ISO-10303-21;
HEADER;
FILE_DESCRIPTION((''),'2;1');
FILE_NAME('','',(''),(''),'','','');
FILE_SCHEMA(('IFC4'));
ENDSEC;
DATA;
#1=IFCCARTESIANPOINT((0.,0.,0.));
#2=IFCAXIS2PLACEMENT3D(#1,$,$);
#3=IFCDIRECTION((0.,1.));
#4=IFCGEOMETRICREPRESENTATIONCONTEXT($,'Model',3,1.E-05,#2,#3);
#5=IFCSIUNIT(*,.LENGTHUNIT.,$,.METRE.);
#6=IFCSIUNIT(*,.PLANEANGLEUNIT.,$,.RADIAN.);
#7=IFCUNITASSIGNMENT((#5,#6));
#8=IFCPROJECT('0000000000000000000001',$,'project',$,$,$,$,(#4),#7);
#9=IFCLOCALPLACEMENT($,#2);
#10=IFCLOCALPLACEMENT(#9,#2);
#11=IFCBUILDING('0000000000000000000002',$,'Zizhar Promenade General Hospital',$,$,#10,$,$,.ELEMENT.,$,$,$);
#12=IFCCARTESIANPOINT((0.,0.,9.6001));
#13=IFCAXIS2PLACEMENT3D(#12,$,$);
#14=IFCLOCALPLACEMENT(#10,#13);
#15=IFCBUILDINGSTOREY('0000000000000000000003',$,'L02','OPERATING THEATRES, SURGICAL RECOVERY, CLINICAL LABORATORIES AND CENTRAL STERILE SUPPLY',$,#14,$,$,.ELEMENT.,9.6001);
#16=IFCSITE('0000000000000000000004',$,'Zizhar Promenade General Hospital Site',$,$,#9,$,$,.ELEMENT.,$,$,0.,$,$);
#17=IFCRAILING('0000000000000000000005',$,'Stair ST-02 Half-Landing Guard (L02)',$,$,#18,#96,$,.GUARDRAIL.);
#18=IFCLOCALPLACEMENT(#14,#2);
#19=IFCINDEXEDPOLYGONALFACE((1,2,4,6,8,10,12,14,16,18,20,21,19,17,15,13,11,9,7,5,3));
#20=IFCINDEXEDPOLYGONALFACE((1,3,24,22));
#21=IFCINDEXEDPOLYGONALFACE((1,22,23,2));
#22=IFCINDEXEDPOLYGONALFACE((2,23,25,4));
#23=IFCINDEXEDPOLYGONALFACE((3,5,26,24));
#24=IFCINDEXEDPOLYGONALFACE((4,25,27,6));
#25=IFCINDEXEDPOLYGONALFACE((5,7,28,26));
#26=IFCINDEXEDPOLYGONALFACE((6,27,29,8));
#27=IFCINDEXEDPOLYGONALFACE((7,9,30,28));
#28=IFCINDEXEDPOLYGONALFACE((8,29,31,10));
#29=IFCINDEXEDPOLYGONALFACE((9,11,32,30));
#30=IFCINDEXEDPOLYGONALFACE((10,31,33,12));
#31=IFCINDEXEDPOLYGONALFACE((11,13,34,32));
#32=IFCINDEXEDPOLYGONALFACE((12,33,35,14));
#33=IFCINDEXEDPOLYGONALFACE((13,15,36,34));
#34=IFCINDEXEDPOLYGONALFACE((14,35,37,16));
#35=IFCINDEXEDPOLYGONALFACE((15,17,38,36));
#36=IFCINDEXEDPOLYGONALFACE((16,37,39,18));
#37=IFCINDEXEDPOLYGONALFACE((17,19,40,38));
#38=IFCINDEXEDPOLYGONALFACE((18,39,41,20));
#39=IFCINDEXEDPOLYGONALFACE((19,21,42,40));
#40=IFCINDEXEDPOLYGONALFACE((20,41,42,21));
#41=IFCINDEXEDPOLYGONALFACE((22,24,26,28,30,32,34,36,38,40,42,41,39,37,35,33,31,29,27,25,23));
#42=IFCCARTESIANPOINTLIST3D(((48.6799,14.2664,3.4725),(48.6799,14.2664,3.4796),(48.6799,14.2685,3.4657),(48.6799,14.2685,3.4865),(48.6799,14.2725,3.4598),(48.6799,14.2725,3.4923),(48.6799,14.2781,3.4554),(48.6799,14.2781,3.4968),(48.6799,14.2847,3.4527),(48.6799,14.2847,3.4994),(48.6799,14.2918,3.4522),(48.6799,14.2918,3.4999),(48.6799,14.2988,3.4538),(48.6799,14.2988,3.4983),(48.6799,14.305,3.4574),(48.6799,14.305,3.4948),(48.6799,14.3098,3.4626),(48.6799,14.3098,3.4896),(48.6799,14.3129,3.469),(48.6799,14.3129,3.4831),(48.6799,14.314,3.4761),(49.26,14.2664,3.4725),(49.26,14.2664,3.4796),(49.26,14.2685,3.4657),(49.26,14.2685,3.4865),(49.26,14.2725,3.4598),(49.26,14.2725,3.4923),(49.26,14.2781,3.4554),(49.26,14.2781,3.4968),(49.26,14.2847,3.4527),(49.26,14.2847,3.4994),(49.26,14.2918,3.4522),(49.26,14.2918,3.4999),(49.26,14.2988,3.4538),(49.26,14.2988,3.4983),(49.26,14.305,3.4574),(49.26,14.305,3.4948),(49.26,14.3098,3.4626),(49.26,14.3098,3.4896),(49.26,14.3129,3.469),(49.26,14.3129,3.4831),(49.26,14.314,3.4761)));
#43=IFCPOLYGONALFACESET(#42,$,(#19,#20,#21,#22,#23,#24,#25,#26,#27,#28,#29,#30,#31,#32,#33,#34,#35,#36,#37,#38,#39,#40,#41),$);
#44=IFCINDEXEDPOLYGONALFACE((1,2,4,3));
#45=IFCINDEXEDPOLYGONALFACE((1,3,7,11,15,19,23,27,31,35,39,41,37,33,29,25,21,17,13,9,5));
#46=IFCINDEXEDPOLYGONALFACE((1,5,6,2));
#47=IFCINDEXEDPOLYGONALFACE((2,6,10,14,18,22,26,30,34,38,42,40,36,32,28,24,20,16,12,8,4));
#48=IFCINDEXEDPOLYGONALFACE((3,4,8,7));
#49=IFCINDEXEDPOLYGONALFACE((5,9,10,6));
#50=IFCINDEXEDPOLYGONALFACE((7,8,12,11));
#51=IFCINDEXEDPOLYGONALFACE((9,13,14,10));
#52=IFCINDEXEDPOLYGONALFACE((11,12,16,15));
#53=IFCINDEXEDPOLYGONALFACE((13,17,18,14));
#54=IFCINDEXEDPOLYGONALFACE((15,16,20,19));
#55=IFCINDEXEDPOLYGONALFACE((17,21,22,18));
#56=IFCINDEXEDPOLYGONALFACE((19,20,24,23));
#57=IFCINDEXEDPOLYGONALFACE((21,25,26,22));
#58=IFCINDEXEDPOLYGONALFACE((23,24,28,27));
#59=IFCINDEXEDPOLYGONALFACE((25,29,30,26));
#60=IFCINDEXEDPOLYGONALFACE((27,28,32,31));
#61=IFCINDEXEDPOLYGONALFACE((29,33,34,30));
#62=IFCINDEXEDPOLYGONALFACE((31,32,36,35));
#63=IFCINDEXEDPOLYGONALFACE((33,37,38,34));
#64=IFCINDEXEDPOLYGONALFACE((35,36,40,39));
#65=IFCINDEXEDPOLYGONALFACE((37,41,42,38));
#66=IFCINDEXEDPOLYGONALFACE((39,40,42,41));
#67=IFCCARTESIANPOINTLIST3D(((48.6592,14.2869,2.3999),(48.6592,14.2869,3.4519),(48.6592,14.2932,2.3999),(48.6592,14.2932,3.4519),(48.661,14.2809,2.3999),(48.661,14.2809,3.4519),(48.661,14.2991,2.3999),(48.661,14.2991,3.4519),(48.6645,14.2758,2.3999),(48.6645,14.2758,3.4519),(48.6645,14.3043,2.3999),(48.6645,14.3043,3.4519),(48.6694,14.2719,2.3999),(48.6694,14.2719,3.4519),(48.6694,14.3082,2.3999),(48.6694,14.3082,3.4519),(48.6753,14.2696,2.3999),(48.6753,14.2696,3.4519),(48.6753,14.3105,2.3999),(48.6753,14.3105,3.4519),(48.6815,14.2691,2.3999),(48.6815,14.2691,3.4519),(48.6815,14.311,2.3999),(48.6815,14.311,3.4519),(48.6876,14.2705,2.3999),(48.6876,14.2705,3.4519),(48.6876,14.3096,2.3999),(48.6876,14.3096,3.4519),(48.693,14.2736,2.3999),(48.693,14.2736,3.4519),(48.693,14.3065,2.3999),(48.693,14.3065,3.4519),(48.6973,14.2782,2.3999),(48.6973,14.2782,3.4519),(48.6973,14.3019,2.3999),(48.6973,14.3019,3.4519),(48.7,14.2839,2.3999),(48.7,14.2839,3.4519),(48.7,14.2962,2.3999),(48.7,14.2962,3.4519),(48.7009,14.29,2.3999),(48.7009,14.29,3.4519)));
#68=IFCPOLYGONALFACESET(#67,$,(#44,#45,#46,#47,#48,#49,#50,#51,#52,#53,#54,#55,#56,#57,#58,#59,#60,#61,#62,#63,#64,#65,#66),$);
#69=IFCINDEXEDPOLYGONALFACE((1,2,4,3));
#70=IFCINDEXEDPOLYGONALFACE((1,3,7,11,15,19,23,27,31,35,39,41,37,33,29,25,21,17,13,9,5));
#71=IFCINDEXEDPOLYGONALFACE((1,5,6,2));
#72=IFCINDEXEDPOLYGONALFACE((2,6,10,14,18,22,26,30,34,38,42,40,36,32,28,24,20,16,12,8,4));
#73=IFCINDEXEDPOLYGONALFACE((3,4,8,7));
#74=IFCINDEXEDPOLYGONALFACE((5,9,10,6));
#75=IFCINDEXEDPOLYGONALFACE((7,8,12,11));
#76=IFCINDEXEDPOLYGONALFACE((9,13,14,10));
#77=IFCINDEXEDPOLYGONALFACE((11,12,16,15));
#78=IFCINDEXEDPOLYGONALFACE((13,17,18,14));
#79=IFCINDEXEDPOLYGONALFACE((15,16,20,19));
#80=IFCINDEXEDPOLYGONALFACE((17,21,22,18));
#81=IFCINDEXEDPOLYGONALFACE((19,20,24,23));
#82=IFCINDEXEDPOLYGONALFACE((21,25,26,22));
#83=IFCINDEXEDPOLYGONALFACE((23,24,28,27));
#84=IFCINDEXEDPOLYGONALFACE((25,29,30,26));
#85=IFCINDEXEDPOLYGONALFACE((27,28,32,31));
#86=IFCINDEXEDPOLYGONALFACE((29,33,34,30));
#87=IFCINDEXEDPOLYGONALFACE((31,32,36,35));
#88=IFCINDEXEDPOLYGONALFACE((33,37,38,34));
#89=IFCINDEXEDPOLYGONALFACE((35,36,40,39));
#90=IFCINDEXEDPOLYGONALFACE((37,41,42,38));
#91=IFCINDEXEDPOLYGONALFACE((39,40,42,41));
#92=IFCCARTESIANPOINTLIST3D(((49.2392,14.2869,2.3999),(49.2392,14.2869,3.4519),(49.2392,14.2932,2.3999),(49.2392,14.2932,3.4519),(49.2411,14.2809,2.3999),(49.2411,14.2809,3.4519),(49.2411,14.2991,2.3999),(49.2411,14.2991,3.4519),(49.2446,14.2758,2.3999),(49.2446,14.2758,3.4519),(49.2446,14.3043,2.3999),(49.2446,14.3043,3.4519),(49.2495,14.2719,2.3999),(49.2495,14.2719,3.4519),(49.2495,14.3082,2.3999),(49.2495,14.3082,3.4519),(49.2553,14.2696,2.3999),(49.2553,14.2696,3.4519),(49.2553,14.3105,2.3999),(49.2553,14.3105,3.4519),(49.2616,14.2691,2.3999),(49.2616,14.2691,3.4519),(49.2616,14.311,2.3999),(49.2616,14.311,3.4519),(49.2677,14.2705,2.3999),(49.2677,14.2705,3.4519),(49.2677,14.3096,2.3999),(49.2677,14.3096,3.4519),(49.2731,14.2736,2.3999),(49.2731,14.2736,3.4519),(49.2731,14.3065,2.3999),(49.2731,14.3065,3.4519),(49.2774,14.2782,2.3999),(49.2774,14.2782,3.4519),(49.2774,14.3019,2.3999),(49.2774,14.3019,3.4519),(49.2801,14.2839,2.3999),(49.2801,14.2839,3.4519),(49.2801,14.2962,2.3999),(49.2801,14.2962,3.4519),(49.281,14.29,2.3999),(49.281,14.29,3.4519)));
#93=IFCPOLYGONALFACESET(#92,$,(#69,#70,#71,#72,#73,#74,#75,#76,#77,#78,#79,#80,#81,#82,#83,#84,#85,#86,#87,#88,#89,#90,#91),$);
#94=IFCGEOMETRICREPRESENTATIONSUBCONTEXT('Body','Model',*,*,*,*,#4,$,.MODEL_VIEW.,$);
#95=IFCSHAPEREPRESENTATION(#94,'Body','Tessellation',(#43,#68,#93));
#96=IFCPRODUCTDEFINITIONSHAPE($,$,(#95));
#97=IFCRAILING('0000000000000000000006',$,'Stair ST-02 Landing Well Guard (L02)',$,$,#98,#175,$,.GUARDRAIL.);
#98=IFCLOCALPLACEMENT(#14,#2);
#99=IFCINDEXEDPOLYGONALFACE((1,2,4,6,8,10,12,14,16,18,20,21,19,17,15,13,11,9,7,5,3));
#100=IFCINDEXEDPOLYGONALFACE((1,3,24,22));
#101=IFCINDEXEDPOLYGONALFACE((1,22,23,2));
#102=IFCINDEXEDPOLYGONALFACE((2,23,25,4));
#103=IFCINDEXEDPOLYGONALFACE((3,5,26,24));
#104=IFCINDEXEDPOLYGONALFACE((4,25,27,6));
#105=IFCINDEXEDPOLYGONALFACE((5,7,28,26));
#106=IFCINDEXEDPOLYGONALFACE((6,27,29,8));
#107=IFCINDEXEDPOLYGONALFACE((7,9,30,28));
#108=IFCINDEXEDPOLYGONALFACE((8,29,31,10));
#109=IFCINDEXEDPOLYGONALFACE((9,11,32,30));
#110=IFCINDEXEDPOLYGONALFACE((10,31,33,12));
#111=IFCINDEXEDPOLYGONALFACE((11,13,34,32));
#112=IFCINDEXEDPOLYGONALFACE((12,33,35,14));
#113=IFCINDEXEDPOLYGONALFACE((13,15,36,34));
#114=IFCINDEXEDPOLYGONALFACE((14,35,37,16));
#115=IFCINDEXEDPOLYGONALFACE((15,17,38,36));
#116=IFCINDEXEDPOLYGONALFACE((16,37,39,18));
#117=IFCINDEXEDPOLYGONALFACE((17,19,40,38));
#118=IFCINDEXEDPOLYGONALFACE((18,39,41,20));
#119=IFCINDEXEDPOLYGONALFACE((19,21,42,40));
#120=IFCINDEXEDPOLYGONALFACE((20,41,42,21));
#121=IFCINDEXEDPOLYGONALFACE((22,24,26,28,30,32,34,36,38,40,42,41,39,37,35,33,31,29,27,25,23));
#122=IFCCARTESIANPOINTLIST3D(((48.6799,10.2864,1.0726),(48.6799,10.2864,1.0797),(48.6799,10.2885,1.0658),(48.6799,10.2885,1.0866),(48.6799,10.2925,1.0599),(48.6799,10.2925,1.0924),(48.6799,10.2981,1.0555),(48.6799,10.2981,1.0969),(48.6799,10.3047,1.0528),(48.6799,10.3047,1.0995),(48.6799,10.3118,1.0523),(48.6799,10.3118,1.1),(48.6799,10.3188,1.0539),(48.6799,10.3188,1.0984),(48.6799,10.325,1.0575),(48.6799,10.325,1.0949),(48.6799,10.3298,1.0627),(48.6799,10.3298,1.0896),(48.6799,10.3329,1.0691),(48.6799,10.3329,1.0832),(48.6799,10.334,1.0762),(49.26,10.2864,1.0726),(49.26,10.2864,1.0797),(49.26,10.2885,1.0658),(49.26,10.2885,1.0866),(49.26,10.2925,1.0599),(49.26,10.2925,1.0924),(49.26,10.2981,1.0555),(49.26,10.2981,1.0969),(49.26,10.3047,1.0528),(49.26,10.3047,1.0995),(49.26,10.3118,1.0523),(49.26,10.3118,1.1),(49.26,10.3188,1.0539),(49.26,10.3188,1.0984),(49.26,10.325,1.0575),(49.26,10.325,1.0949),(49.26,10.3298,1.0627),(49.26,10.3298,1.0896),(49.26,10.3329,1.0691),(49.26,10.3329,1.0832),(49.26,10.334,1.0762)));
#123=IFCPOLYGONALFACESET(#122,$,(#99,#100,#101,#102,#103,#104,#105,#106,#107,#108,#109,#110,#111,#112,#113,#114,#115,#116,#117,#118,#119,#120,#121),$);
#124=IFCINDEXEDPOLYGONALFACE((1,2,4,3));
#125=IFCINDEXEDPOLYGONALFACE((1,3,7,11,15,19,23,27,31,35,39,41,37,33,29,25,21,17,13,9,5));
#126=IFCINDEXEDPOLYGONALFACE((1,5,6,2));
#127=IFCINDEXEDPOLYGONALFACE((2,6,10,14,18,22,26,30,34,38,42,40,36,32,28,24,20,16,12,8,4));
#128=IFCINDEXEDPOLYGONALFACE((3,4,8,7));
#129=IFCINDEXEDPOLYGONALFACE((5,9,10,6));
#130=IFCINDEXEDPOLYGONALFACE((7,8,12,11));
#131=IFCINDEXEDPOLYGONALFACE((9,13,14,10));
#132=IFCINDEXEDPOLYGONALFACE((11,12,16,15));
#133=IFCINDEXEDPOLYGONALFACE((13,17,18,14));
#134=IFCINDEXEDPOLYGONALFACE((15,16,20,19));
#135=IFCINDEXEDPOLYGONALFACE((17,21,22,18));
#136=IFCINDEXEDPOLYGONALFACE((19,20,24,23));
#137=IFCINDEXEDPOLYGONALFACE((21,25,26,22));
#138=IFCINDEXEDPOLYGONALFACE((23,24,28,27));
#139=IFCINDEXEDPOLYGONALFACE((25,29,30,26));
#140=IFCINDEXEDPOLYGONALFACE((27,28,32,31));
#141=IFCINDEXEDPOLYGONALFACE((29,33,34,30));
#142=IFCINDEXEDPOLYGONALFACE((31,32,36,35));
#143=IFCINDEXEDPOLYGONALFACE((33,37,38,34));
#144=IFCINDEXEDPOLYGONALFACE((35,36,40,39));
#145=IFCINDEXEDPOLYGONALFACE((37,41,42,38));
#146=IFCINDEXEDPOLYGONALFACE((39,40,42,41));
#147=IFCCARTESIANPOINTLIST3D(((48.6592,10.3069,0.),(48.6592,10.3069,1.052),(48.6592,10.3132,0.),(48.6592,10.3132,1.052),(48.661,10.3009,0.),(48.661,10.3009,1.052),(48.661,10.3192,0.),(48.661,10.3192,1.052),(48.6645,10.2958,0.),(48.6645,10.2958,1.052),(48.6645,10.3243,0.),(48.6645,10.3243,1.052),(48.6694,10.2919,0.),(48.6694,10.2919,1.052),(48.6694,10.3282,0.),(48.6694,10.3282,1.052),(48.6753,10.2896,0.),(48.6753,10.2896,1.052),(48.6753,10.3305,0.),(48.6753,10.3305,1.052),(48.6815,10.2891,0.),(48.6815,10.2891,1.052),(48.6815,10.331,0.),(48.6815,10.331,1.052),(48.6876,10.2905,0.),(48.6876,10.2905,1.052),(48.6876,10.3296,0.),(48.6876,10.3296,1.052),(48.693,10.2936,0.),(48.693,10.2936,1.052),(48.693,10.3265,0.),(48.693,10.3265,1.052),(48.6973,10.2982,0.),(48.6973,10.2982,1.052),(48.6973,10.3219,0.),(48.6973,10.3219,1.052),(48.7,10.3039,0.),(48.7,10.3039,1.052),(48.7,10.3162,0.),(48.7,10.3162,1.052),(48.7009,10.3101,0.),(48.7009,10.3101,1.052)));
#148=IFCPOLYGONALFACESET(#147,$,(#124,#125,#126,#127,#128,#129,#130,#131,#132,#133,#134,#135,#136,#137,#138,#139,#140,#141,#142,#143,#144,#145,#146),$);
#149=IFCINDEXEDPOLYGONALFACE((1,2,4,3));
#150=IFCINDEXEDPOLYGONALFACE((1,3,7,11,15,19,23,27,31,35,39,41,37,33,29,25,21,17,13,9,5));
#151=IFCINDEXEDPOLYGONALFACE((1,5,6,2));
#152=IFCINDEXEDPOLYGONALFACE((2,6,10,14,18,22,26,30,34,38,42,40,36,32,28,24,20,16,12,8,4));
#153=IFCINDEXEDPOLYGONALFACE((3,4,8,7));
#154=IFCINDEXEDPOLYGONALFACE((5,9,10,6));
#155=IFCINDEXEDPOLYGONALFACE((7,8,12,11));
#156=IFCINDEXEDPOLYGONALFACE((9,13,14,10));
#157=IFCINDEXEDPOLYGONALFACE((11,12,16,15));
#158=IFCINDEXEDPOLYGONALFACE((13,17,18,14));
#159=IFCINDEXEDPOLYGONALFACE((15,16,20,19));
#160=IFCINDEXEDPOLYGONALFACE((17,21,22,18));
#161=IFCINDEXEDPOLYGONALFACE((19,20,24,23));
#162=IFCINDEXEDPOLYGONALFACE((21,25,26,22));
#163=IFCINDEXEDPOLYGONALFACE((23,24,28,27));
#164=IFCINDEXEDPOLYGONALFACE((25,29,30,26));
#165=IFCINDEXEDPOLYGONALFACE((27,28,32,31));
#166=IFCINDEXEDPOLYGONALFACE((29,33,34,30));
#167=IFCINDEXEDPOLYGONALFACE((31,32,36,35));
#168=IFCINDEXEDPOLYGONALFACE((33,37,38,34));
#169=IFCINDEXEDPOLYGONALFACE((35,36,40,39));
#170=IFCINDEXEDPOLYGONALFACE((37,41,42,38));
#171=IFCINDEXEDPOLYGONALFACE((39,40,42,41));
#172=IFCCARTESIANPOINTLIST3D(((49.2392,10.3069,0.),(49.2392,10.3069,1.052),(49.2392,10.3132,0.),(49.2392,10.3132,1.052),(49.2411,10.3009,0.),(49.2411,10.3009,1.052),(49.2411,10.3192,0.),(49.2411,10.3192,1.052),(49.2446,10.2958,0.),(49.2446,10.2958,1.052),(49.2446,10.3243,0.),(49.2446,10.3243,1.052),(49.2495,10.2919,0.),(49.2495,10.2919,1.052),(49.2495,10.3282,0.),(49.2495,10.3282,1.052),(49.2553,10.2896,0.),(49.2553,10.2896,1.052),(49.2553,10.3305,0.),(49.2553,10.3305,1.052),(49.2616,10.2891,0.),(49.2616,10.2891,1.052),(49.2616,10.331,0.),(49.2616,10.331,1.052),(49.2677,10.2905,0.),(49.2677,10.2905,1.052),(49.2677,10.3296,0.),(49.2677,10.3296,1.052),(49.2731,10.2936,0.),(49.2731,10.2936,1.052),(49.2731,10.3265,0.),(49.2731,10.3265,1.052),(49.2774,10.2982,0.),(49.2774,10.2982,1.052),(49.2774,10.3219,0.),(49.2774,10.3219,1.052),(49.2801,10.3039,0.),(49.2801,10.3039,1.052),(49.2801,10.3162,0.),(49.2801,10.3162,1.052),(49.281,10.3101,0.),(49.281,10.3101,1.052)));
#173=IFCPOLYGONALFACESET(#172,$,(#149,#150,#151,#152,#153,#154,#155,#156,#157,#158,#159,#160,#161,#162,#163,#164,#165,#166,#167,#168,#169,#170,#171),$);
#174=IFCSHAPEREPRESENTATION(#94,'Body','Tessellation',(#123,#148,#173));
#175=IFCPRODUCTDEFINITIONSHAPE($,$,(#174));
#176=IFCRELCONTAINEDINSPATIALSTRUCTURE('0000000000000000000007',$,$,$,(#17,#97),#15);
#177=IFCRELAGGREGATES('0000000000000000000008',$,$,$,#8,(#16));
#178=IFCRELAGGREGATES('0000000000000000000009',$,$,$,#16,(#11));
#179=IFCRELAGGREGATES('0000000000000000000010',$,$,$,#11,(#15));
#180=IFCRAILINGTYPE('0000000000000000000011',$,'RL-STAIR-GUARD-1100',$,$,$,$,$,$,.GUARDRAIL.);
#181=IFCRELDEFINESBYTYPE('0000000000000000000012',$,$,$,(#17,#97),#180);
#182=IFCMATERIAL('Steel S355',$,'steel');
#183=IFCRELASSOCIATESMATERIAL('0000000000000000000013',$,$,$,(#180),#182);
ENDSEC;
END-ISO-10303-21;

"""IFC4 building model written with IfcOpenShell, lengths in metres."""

from ifc_helpers import new_model, si_unit, direction, frame, origin, origin_2d, place, context, subcontext, project, spatial, circle, hollow_circle, extrude, material, material_profile, profile_set, type_object, element, save


model = new_model("IFC4")

# Units and contexts
model_context = context("Model", 3, precision=1e-05, world=origin(), true_north=direction((0.0, 1.0)))
body_context = subcontext(model_context, "Body", "Model", "MODEL_VIEW")
ifc_project = project(units=[si_unit("LENGTHUNIT", "METRE"), si_unit("PLANEANGLEUNIT", "RADIAN")], contexts=[model_context])

# Site, building, storey
site_placement = place(None, origin())
site = spatial("IfcSite", under=ifc_project, at=site_placement, Name="Zizhar Promenade General Hospital Site", CompositionType="ELEMENT", RefElevation=0.0)
building_placement = place(site_placement, origin())
building = spatial("IfcBuilding", under=site, at=building_placement, Name="Zizhar Promenade General Hospital", CompositionType="ELEMENT")
storey_placement = place(building_placement, frame((0.0, 0.0, 9.6001)))
storey = spatial("IfcBuildingStorey", under=building, at=storey_placement, Name="L02", Description="OPERATING THEATRES, SURGICAL RECOVERY, CLINICAL LABORATORIES AND CENTRAL STERILE SUPPLY", CompositionType="ELEMENT", Elevation=9.6001)

# Railings
ifc_material_1 = material(Name="Steel S355", Category="steel")
ifc_material_profile_1 = material_profile(ifc_material_1, hollow_circle(Radius=0.0698, WallThickness=0.0063, at=origin_2d()))
ifc_profile_set_1 = profile_set([ifc_material_profile_1], Name="Steel S355")
railing_type_1 = type_object("IfcRailingType", Name="RL-STAIR-GUARD-1100", PredefinedType="GUARDRAIL", material=ifc_profile_set_1)
for number, where, name in (
    (1, (48.6799, 14.29, 2.3999), "Stair ST-02 Half-Landing Guard (L02)"),
    (2, (48.6799, 10.3101, 0.0), "Stair ST-02 Landing Well Guard (L02)"),
):
    element("IfcRailing", number, at=place(storey_placement, frame(where)), inside=storey, type_object=railing_type_1, Name=name, PredefinedType="GUARDRAIL", context=body_context, shape_type="SweptSolid", body=[
        extrude(circle(Radius=0.0239, at=origin_2d()), frame((0.0, 0.0, 1.0762), z_axis=(1.0, 0.0, 0.0), x_axis=(0.0, 1.0, 0.0)), (0.0, 0.0, 1.0), 0.5801),
        extrude(circle(Radius=0.021, at=origin_2d()), origin(), (0.0, 0.0, 1.0), 1.052),
        extrude(circle(Radius=0.021, at=origin_2d()), frame((0.5801, 0.0, 0.0)), (0.0, 0.0, 1.0), 1.052),
    ])

save(model, "model.ifc")
